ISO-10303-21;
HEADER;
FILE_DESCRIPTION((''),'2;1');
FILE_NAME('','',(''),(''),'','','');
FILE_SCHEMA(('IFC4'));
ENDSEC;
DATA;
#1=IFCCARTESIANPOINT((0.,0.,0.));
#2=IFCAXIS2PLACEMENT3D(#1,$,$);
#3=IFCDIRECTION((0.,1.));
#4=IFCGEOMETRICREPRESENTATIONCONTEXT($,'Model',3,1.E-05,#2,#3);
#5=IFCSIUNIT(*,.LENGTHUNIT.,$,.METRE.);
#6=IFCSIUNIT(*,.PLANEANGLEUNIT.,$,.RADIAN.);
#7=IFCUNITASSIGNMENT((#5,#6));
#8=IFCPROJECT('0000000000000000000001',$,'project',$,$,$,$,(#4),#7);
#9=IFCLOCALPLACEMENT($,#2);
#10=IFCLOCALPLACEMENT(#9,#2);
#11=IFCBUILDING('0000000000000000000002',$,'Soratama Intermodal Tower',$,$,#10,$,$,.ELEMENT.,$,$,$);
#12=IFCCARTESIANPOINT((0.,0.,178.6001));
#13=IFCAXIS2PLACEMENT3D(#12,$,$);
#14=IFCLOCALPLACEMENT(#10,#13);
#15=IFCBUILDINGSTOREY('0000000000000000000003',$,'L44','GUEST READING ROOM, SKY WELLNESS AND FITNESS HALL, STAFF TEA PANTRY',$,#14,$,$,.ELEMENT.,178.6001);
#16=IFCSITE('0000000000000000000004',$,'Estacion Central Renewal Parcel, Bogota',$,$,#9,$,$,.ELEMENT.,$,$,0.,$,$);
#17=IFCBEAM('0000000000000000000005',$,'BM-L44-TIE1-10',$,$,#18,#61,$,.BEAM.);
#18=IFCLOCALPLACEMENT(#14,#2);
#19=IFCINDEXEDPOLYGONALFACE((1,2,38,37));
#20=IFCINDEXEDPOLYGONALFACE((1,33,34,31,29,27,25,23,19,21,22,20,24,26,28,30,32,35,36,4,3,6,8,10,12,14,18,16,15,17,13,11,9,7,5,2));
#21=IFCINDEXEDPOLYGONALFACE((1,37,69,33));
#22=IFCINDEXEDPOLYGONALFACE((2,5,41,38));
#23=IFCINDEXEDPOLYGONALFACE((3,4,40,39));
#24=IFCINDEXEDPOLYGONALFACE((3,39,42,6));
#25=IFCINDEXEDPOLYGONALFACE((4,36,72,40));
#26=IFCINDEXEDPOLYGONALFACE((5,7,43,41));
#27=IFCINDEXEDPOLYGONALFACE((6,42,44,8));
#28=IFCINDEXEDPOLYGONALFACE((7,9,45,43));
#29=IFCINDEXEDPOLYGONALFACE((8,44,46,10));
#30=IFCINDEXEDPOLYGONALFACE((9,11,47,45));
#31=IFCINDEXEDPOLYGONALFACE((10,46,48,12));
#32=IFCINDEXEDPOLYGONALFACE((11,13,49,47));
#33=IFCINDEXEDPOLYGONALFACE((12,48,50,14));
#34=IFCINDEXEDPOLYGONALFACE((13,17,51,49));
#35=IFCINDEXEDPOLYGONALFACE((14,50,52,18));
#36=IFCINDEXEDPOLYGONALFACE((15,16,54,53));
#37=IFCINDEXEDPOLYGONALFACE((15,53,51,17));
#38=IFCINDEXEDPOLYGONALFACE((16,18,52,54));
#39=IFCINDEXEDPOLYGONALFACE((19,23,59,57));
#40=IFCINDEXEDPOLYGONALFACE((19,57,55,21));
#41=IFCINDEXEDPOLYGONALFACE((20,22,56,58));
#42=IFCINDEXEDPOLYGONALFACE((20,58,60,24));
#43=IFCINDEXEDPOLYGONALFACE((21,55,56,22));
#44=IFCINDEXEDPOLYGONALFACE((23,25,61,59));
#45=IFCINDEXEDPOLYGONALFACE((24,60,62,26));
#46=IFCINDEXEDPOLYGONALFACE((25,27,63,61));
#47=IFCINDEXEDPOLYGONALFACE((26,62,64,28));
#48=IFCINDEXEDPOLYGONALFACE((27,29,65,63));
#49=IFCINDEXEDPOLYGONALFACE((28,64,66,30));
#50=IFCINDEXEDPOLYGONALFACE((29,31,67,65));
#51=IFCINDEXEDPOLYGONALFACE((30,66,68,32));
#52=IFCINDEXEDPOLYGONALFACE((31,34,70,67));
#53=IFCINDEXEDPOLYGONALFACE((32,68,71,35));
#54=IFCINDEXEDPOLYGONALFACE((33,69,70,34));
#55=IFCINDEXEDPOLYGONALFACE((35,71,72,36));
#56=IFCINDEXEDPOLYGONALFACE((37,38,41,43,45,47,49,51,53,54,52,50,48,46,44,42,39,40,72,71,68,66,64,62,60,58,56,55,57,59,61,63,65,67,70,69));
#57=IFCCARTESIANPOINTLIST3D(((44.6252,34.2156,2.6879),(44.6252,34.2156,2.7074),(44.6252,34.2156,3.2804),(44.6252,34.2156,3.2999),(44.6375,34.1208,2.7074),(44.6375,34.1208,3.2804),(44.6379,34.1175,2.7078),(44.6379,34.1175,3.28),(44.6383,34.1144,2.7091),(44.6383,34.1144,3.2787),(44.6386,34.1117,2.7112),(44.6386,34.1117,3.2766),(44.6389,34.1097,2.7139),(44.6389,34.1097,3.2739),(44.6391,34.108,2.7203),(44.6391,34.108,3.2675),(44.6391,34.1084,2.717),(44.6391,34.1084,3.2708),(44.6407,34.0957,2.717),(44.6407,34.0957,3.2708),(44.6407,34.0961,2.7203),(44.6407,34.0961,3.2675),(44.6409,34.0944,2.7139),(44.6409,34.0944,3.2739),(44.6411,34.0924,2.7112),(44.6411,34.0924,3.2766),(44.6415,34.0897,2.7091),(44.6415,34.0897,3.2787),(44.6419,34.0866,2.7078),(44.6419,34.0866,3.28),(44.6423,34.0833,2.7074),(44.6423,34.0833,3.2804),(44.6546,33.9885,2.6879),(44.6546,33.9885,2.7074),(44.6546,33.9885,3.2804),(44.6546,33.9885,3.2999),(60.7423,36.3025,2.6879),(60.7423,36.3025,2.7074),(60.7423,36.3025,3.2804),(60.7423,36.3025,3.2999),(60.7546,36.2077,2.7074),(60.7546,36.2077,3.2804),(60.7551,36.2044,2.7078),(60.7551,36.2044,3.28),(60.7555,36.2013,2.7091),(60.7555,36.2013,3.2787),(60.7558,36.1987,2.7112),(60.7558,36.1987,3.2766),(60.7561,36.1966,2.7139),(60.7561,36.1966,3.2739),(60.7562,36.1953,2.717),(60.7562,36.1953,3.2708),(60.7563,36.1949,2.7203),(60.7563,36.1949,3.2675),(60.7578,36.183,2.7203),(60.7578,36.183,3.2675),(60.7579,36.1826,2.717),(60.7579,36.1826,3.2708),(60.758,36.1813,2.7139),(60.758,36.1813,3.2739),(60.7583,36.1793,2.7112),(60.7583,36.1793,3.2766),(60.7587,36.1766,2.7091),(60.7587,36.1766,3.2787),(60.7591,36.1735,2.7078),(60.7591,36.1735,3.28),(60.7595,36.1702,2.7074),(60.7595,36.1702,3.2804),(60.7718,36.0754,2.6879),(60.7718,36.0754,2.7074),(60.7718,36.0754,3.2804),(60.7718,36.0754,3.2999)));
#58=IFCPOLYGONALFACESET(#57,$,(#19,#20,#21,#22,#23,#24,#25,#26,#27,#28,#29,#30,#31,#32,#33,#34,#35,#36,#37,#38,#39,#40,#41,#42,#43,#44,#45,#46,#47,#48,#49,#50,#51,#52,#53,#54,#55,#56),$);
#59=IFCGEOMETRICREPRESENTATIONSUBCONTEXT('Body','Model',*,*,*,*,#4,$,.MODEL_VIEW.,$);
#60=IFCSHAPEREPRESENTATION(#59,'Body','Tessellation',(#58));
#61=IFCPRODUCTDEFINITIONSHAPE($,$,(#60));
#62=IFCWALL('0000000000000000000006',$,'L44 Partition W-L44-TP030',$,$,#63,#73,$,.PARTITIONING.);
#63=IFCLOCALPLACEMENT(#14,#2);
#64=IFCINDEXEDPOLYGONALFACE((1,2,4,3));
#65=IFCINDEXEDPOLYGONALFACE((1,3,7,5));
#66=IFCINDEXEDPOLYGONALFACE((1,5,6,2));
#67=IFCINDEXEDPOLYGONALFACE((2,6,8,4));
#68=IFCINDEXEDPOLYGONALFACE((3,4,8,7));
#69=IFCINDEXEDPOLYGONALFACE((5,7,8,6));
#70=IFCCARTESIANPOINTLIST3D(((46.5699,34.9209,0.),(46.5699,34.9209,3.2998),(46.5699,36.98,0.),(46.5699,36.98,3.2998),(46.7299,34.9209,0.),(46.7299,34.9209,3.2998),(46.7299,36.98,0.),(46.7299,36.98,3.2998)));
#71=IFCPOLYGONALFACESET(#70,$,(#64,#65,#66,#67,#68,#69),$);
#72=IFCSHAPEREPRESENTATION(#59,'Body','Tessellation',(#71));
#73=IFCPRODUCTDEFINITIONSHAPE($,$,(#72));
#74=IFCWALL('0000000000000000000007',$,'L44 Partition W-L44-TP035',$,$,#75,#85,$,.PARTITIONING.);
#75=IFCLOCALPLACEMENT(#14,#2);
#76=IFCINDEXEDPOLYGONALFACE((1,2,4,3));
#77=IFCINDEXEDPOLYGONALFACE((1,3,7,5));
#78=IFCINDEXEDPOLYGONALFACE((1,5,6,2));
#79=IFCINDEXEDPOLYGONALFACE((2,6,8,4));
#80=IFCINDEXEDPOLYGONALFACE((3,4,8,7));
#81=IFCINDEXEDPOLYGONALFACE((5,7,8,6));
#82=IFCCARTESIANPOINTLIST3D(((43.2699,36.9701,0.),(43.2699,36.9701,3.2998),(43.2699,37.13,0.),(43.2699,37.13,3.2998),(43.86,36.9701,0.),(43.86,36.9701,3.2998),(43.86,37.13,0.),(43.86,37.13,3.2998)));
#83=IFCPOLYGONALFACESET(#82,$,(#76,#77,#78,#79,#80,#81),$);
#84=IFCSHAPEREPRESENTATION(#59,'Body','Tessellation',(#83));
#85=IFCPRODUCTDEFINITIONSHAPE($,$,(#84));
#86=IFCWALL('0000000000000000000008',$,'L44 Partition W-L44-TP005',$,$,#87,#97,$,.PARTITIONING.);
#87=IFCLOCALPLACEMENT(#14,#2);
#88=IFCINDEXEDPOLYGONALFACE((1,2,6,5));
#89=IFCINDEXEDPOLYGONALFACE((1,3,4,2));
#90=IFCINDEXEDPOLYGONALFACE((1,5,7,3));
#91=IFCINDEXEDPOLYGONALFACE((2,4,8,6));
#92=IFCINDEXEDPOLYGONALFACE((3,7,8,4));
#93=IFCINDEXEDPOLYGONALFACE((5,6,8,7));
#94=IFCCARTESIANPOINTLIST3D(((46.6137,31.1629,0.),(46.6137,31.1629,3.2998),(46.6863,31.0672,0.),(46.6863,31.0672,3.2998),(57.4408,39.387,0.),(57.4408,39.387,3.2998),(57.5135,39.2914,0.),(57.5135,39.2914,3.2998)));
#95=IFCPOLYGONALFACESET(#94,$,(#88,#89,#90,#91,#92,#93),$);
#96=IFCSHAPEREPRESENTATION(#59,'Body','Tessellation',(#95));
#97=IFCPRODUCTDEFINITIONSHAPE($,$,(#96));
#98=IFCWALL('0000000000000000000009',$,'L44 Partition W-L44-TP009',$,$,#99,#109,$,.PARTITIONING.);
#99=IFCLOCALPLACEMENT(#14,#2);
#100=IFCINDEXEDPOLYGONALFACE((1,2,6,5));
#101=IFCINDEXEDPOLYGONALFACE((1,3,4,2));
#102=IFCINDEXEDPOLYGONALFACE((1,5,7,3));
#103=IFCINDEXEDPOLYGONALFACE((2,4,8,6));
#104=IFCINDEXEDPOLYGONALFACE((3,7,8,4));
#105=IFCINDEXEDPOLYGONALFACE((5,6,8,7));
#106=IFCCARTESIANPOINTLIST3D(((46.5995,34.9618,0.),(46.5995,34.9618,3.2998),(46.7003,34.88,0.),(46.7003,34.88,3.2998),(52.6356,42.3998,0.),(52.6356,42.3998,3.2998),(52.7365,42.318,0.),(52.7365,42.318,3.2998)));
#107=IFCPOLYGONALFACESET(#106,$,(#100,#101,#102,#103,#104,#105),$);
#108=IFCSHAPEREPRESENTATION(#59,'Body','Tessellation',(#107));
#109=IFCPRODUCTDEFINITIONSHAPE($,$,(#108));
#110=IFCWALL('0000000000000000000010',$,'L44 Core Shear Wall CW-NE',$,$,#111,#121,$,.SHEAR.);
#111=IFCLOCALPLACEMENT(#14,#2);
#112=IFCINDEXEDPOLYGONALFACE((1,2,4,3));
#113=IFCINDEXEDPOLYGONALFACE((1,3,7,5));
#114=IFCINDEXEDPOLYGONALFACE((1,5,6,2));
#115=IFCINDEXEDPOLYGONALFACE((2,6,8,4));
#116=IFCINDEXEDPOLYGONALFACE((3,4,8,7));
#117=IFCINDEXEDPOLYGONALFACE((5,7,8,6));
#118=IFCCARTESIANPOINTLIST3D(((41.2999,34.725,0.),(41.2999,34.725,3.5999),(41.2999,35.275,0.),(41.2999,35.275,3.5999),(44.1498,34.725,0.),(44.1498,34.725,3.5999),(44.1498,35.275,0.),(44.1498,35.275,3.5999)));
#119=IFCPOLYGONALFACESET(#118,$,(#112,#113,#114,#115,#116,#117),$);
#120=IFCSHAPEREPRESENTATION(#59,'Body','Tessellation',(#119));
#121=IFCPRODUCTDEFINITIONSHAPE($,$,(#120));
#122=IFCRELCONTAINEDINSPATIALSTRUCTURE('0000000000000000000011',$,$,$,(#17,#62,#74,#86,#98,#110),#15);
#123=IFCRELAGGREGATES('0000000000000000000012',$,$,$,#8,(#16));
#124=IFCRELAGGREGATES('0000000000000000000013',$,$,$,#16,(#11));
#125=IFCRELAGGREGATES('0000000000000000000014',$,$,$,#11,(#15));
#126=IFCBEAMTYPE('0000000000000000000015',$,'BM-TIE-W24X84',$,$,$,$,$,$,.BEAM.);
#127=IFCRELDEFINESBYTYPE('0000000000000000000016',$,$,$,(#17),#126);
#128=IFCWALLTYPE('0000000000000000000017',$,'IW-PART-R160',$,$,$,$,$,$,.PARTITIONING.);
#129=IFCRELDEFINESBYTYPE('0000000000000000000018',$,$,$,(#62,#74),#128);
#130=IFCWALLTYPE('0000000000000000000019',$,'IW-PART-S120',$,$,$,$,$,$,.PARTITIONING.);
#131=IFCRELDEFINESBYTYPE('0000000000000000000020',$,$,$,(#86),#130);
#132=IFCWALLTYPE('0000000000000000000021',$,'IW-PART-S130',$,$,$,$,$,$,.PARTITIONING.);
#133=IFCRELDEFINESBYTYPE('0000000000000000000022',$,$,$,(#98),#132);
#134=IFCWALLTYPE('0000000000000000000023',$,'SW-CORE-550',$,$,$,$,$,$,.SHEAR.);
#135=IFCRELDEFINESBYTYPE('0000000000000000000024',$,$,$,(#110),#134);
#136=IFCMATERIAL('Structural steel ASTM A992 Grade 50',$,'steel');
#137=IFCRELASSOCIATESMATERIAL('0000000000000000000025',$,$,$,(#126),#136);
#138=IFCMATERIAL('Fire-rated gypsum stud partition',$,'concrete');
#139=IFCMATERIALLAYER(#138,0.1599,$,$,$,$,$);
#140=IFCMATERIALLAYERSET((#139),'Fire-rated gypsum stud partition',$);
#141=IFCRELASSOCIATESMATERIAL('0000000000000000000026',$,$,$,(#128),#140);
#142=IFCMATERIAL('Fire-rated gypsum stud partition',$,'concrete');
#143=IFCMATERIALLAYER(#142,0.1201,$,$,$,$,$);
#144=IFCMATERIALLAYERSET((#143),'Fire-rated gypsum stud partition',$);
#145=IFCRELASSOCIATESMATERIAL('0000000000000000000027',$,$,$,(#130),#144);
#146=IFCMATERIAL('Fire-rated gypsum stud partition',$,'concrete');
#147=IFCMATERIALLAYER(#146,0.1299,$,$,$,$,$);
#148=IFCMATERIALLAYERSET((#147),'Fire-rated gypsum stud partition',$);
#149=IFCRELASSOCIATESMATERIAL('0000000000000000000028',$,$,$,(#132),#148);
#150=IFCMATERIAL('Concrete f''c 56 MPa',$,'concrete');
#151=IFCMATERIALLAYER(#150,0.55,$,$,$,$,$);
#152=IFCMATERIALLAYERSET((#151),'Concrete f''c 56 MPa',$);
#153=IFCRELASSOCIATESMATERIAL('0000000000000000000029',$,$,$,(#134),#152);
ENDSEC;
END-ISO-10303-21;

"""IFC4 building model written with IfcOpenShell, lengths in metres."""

from ifc_helpers import new_model, si_unit, direction, frame, frame_2d, origin, origin_2d, place, context, subcontext, project, spatial, rectangle, i_section, extrude, material, layer, layer_set, material_profile, profile_set, type_object, element, save


model = new_model("IFC4")

# Units and contexts
model_context = context("Model", 3, precision=1e-05, world=origin(), true_north=direction((0.0, 1.0)))
body_context = subcontext(model_context, "Body", "Model", "MODEL_VIEW")
ifc_project = project(units=[si_unit("LENGTHUNIT", "METRE"), si_unit("PLANEANGLEUNIT", "RADIAN")], contexts=[model_context])

# Site, building, storey
site_placement = place(None, origin())
site = spatial("IfcSite", under=ifc_project, at=site_placement, Name="Estacion Central Renewal Parcel, Bogota", CompositionType="ELEMENT", RefElevation=0.0)
building_placement = place(site_placement, origin())
building = spatial("IfcBuilding", under=site, at=building_placement, Name="Soratama Intermodal Tower", CompositionType="ELEMENT")
storey_placement = place(building_placement, frame((0.0, 0.0, 178.6001)))
storey = spatial("IfcBuildingStorey", under=building, at=storey_placement, Name="L44", Description="GUEST READING ROOM, SKY WELLNESS AND FITNESS HALL, STAFF TEA PANTRY", CompositionType="ELEMENT", Elevation=178.6001)

# Beam
ifc_material_1 = material(Name="Structural steel ASTM A992 Grade 50", Category="steel")
ifc_material_profile_1 = material_profile(ifc_material_1, i_section(OverallWidth=0.229, OverallDepth=0.6121, WebThickness=0.012, FlangeThickness=0.0195, FilletRadius=0.0129, at=origin_2d()), Name="W24X84")
ifc_profile_set_1 = profile_set([ifc_material_profile_1], Name="Structural steel ASTM A992 Grade 50")
beam_type_1 = type_object("IfcBeamType", Name="BM-TIE-W24X84", PredefinedType="BEAM", material=ifc_profile_set_1)
beam_1_placement = place(storey_placement, frame((44.6399, 34.1021, 2.9939), z_axis=(0.991721, 0.128412, 0.0), x_axis=(-0.128412, 0.991721, 0.0)))
element("IfcBeam", 1, at=beam_1_placement, inside=storey, type_object=beam_type_1, Name="BM-L44-TIE1-10", PredefinedType="BEAM", context=body_context, shape_type="SweptSolid", body=[
    extrude(i_section(OverallWidth=0.229, OverallDepth=0.6121, WebThickness=0.012, FlangeThickness=0.0195, FilletRadius=0.0129, at=origin_2d()), origin(), (0.0, 0.0, 1.0), 16.2517),
])

# Shared definitions
ifc_material_2 = material(Name="Fire-rated gypsum stud partition", Category="concrete")
ifc_layer_1 = layer(ifc_material_2, 0.1599)
ifc_layer_set_1 = layer_set([ifc_layer_1], Name="Fire-rated gypsum stud partition")
wall_type_1 = type_object("IfcWallType", Name="IW-PART-R160", PredefinedType="PARTITIONING", material=ifc_layer_set_1)

# Walls
wall_1_placement = place(storey_placement, frame((46.6499, 36.98, 0.0), z_axis=(0.0, 0.0, 1.0), x_axis=(0.0, -1.0, 0.0)))
element("IfcWall", 2, at=wall_1_placement, inside=storey, type_object=wall_type_1, Name="L44 Partition W-L44-TP030", PredefinedType="PARTITIONING", context=body_context, shape_type="SweptSolid", body=[
    extrude(rectangle(XDim=2.0591, YDim=0.1599, at=frame_2d((1.0295, 0.0))), origin(), (0.0, 0.0, 1.0), 3.2998),
])
wall_2_placement = place(storey_placement, frame((43.27, 37.05, 0.0), z_axis=(0.0, 0.0, 1.0), x_axis=(1.0, 0.0, 0.0)))
element("IfcWall", 3, at=wall_2_placement, inside=storey, type_object=wall_type_1, Name="L44 Partition W-L44-TP035", PredefinedType="PARTITIONING", context=body_context, shape_type="SweptSolid", body=[
    extrude(rectangle(XDim=0.5901, YDim=0.1599, at=frame_2d((0.2949, 0.0))), origin(), (0.0, 0.0, 1.0), 3.2998),
])
ifc_material_3 = material(Name="Fire-rated gypsum stud partition", Category="concrete")
ifc_layer_2 = layer(ifc_material_3, 0.1201)
ifc_layer_set_2 = layer_set([ifc_layer_2], Name="Fire-rated gypsum stud partition")
wall_type_2 = type_object("IfcWallType", Name="IW-PART-S120", PredefinedType="PARTITIONING", material=ifc_layer_set_2)
wall_3_placement = place(storey_placement, frame((46.6499, 31.115, 0.0), z_axis=(0.0, 0.0, 1.0), x_axis=(0.796322, 0.604873, 0.0)))
element("IfcWall", 4, at=wall_3_placement, inside=storey, type_object=wall_type_2, Name="L44 Partition W-L44-TP005", PredefinedType="PARTITIONING", context=body_context, shape_type="SweptSolid", body=[
    extrude(rectangle(XDim=13.5964, YDim=0.1201, at=frame_2d((6.7983, 0.0))), origin(), (0.0, 0.0, 1.0), 3.2998),
])
ifc_material_4 = material(Name="Fire-rated gypsum stud partition", Category="concrete")
ifc_layer_3 = layer(ifc_material_4, 0.1299)
ifc_layer_set_3 = layer_set([ifc_layer_3], Name="Fire-rated gypsum stud partition")
wall_type_3 = type_object("IfcWallType", Name="IW-PART-S130", PredefinedType="PARTITIONING", material=ifc_layer_set_3)
wall_4_placement = place(storey_placement, frame((46.6499, 34.9209, 0.0), z_axis=(0.0, 0.0, 1.0), x_axis=(0.630138, 0.776483, 0.0)))
element("IfcWall", 5, at=wall_4_placement, inside=storey, type_object=wall_type_3, Name="L44 Partition W-L44-TP009", PredefinedType="PARTITIONING", context=body_context, shape_type="SweptSolid", body=[
    extrude(rectangle(XDim=9.5791, YDim=0.1299, at=frame_2d((4.7896, 0.0))), origin(), (0.0, 0.0, 1.0), 3.2998),
])
ifc_material_5 = material(Name="Concrete f'c 56 MPa", Category="concrete")
ifc_layer_4 = layer(ifc_material_5, 0.55)
ifc_layer_set_4 = layer_set([ifc_layer_4], Name="Concrete f'c 56 MPa")
wall_type_4 = type_object("IfcWallType", Name="SW-CORE-550", PredefinedType="SHEAR", material=ifc_layer_set_4)
wall_5_placement = place(storey_placement, frame((41.3, 35.0, 0.0), z_axis=(0.0, 0.0, 1.0), x_axis=(1.0, 0.0, 0.0)))
element("IfcWall", 6, at=wall_5_placement, inside=storey, type_object=wall_type_4, Name="L44 Core Shear Wall CW-NE", PredefinedType="SHEAR", context=body_context, shape_type="SweptSolid", body=[
    extrude(rectangle(XDim=2.8499, YDim=0.55, at=frame_2d((1.4248, 0.0))), origin(), (0.0, 0.0, 1.0), 3.5999),
])

save(model, "model.ifc")
